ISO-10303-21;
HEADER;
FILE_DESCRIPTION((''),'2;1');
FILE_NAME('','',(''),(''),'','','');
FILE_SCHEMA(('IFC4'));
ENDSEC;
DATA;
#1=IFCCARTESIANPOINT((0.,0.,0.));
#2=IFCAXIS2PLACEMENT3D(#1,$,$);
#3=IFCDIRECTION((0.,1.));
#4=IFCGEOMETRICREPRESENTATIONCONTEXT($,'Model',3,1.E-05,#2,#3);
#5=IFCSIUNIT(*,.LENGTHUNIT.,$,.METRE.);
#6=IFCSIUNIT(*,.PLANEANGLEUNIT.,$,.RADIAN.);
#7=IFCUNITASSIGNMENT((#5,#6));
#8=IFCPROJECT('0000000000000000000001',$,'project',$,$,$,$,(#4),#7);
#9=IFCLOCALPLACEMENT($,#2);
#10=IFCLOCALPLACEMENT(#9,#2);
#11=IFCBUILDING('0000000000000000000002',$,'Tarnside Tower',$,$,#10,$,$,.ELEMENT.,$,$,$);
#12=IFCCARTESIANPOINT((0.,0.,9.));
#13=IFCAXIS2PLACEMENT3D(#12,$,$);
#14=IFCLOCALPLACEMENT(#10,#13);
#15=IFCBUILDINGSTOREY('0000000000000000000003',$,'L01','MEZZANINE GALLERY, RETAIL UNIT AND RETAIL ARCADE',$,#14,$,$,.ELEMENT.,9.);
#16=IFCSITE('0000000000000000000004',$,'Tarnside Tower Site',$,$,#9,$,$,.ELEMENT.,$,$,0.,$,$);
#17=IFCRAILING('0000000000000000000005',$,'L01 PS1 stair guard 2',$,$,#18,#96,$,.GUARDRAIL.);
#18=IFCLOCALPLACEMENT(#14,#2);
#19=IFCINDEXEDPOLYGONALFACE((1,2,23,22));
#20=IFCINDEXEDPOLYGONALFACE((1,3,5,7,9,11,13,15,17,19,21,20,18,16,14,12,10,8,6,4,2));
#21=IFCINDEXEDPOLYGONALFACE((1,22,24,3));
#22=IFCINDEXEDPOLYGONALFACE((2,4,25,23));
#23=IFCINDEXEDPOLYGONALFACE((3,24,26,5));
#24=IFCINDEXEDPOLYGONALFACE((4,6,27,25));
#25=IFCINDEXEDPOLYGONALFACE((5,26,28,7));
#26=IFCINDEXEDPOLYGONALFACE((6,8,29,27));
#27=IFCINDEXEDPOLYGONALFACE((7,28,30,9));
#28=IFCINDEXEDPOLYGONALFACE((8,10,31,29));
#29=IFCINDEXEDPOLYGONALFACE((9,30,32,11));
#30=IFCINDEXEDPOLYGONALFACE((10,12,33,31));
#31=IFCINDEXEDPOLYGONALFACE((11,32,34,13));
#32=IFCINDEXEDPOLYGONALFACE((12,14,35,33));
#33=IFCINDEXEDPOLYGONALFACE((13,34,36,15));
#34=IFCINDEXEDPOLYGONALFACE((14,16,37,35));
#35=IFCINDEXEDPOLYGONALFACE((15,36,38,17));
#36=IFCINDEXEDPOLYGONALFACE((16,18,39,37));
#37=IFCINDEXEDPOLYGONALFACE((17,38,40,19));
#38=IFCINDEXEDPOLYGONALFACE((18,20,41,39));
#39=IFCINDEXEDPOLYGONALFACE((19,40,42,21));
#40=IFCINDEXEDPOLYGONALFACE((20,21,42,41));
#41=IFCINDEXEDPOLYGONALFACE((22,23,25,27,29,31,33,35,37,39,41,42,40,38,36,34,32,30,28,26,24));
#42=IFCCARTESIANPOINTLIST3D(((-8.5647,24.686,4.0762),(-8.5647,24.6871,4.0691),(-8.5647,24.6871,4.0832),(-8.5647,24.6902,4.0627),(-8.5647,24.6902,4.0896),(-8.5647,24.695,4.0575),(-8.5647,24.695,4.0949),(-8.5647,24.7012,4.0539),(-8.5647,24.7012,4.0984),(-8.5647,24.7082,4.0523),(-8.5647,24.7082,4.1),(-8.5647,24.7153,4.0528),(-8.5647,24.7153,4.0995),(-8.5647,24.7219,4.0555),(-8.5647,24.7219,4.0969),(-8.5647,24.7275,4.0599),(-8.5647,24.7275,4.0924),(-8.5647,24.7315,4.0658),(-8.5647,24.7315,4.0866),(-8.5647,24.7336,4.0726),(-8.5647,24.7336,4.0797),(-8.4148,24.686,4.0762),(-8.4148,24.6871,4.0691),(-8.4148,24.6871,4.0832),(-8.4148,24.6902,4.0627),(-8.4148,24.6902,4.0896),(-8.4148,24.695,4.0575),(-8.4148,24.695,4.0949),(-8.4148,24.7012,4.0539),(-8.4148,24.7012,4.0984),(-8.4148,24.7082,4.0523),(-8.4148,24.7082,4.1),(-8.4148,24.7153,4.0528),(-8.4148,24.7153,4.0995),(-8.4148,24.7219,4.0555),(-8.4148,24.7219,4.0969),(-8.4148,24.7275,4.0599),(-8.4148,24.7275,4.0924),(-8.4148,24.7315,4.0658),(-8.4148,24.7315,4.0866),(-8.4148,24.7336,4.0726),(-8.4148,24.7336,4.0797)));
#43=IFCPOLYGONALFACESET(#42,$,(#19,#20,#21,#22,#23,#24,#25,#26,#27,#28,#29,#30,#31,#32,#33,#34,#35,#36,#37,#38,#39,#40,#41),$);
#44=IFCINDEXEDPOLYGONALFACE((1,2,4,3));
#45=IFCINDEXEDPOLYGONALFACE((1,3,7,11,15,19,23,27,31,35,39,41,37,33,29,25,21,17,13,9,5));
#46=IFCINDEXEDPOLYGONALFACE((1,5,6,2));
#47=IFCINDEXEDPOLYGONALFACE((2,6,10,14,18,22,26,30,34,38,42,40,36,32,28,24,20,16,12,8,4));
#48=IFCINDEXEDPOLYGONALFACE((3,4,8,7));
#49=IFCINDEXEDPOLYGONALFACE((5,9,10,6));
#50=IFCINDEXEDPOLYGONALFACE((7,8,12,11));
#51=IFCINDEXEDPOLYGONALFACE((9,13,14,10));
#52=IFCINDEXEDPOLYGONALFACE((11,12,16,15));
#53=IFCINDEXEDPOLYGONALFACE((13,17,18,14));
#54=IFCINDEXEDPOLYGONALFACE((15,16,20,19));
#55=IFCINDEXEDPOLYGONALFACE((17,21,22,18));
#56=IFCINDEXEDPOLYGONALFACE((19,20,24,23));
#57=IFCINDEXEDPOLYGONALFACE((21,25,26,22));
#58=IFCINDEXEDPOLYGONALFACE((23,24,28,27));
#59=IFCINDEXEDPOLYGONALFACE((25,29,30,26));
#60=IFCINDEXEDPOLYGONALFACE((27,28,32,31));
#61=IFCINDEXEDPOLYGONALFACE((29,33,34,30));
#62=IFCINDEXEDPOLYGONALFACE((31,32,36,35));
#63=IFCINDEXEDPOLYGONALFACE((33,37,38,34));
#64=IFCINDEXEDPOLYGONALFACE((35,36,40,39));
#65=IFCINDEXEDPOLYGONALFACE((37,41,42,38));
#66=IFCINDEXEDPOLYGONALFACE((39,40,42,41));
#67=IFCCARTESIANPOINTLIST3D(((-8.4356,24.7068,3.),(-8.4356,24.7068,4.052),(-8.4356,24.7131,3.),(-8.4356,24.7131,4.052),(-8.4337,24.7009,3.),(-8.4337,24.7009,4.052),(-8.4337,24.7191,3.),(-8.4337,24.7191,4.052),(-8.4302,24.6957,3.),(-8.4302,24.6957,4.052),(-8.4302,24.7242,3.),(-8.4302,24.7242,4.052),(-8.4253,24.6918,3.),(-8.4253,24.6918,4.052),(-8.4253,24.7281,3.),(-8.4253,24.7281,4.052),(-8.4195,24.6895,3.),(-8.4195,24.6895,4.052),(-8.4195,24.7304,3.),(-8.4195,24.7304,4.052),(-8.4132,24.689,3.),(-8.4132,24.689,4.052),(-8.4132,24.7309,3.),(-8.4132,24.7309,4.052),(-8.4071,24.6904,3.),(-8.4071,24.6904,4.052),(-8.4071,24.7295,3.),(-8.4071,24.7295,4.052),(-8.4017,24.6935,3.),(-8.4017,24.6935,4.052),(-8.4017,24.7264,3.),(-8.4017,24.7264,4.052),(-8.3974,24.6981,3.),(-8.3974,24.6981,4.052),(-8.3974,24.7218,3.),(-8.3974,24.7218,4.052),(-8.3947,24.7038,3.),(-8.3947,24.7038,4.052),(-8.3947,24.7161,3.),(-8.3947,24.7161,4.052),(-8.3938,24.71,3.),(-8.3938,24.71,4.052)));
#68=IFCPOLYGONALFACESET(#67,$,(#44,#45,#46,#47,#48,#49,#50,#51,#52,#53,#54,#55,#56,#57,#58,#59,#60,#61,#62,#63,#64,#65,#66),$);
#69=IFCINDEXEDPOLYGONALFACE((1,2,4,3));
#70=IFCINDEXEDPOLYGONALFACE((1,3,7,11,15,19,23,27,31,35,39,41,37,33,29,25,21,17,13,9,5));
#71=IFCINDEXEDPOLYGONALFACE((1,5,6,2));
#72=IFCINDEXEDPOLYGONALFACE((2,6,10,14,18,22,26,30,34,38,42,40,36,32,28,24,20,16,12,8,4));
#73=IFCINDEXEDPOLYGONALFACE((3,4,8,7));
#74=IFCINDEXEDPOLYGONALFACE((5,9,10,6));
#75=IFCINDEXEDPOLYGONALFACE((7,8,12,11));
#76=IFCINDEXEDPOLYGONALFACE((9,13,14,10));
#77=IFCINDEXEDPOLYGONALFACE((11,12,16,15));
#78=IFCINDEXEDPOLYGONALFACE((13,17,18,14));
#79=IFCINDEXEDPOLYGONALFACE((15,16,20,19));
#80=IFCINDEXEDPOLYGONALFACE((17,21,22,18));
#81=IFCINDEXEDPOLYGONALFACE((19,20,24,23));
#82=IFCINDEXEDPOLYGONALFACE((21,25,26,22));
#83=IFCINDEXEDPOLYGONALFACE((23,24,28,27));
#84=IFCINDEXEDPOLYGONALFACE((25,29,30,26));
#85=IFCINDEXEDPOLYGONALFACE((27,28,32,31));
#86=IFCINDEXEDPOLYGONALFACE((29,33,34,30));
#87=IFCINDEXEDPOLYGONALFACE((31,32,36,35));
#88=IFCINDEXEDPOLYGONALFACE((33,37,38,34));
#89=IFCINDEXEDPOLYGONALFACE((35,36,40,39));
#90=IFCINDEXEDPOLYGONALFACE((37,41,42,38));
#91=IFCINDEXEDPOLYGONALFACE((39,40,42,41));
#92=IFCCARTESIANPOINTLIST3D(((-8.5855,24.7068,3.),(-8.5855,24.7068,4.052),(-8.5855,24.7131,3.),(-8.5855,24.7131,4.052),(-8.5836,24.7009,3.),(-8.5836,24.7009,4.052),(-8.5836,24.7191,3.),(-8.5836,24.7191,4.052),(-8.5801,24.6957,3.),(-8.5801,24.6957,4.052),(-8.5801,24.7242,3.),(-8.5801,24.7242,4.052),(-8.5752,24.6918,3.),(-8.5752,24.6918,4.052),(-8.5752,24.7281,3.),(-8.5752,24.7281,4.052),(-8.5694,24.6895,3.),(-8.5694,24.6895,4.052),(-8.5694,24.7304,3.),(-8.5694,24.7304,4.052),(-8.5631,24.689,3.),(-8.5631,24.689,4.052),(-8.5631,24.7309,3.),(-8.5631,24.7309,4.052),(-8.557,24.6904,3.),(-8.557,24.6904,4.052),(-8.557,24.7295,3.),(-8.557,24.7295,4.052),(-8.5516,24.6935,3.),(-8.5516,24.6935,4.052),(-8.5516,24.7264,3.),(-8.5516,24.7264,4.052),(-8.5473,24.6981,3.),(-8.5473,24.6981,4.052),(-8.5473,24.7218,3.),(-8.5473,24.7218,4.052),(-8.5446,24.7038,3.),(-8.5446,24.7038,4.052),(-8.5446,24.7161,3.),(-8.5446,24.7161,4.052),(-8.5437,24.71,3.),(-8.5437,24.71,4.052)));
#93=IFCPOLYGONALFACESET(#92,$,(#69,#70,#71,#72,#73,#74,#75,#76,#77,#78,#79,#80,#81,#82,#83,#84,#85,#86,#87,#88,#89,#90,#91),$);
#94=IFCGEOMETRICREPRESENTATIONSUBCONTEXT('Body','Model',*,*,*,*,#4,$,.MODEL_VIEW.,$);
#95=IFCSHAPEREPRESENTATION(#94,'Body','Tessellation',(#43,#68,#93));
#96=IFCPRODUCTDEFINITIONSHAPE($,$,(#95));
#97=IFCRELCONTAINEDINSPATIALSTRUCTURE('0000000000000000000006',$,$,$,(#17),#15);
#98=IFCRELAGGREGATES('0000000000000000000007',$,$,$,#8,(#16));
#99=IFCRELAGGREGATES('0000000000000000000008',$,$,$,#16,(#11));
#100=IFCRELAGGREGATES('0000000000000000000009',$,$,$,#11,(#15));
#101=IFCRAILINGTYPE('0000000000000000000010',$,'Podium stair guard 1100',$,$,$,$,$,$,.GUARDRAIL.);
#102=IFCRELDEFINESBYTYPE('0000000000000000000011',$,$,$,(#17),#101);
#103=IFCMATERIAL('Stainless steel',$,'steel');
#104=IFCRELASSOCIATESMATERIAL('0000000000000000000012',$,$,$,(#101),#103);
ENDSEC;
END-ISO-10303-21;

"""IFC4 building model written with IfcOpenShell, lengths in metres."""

from ifc_helpers import new_model, si_unit, direction, frame, origin, origin_2d, place, context, subcontext, project, spatial, circle, extrude, material, type_object, element, save


model = new_model("IFC4")

# Units and contexts
model_context = context("Model", 3, precision=1e-05, world=origin(), true_north=direction((0.0, 1.0)))
body_context = subcontext(model_context, "Body", "Model", "MODEL_VIEW")
ifc_project = project(units=[si_unit("LENGTHUNIT", "METRE"), si_unit("PLANEANGLEUNIT", "RADIAN")], contexts=[model_context])

# Site, building, storey
site_placement = place(None, origin())
site = spatial("IfcSite", under=ifc_project, at=site_placement, Name="Tarnside Tower Site", CompositionType="ELEMENT", RefElevation=0.0)
building_placement = place(site_placement, origin())
building = spatial("IfcBuilding", under=site, at=building_placement, Name="Tarnside Tower", CompositionType="ELEMENT")
storey_placement = place(building_placement, frame((0.0, 0.0, 9.0)))
storey = spatial("IfcBuildingStorey", under=building, at=storey_placement, Name="L01", Description="MEZZANINE GALLERY, RETAIL UNIT AND RETAIL ARCADE", CompositionType="ELEMENT", Elevation=9.0)

# Railing
ifc_material_1 = material(Name="Stainless steel", Category="steel")
railing_type = type_object("IfcRailingType", Name="Podium stair guard 1100", PredefinedType="GUARDRAIL", material=ifc_material_1)
railing_placement = place(storey_placement, frame((-8.4148, 24.71, 3.0)))
element("IfcRailing", 1, at=railing_placement, inside=storey, type_object=railing_type, Name="L01 PS1 stair guard 2", PredefinedType="GUARDRAIL", context=body_context, shape_type="SweptSolid", body=[
    extrude(circle(Radius=0.0239, at=origin_2d()), frame((0.0, 0.0, 1.0762), z_axis=(-1.0, 0.0, 0.0), x_axis=(0.0, -1.0, 0.0)), (0.0, 0.0, 1.0), 0.1499),
    extrude(circle(Radius=0.021, at=origin_2d()), origin(), (0.0, 0.0, 1.0), 1.052),
    extrude(circle(Radius=0.021, at=origin_2d()), frame((-0.1499, 0.0, 0.0)), (0.0, 0.0, 1.0), 1.052),
])

save(model, "model.ifc")
